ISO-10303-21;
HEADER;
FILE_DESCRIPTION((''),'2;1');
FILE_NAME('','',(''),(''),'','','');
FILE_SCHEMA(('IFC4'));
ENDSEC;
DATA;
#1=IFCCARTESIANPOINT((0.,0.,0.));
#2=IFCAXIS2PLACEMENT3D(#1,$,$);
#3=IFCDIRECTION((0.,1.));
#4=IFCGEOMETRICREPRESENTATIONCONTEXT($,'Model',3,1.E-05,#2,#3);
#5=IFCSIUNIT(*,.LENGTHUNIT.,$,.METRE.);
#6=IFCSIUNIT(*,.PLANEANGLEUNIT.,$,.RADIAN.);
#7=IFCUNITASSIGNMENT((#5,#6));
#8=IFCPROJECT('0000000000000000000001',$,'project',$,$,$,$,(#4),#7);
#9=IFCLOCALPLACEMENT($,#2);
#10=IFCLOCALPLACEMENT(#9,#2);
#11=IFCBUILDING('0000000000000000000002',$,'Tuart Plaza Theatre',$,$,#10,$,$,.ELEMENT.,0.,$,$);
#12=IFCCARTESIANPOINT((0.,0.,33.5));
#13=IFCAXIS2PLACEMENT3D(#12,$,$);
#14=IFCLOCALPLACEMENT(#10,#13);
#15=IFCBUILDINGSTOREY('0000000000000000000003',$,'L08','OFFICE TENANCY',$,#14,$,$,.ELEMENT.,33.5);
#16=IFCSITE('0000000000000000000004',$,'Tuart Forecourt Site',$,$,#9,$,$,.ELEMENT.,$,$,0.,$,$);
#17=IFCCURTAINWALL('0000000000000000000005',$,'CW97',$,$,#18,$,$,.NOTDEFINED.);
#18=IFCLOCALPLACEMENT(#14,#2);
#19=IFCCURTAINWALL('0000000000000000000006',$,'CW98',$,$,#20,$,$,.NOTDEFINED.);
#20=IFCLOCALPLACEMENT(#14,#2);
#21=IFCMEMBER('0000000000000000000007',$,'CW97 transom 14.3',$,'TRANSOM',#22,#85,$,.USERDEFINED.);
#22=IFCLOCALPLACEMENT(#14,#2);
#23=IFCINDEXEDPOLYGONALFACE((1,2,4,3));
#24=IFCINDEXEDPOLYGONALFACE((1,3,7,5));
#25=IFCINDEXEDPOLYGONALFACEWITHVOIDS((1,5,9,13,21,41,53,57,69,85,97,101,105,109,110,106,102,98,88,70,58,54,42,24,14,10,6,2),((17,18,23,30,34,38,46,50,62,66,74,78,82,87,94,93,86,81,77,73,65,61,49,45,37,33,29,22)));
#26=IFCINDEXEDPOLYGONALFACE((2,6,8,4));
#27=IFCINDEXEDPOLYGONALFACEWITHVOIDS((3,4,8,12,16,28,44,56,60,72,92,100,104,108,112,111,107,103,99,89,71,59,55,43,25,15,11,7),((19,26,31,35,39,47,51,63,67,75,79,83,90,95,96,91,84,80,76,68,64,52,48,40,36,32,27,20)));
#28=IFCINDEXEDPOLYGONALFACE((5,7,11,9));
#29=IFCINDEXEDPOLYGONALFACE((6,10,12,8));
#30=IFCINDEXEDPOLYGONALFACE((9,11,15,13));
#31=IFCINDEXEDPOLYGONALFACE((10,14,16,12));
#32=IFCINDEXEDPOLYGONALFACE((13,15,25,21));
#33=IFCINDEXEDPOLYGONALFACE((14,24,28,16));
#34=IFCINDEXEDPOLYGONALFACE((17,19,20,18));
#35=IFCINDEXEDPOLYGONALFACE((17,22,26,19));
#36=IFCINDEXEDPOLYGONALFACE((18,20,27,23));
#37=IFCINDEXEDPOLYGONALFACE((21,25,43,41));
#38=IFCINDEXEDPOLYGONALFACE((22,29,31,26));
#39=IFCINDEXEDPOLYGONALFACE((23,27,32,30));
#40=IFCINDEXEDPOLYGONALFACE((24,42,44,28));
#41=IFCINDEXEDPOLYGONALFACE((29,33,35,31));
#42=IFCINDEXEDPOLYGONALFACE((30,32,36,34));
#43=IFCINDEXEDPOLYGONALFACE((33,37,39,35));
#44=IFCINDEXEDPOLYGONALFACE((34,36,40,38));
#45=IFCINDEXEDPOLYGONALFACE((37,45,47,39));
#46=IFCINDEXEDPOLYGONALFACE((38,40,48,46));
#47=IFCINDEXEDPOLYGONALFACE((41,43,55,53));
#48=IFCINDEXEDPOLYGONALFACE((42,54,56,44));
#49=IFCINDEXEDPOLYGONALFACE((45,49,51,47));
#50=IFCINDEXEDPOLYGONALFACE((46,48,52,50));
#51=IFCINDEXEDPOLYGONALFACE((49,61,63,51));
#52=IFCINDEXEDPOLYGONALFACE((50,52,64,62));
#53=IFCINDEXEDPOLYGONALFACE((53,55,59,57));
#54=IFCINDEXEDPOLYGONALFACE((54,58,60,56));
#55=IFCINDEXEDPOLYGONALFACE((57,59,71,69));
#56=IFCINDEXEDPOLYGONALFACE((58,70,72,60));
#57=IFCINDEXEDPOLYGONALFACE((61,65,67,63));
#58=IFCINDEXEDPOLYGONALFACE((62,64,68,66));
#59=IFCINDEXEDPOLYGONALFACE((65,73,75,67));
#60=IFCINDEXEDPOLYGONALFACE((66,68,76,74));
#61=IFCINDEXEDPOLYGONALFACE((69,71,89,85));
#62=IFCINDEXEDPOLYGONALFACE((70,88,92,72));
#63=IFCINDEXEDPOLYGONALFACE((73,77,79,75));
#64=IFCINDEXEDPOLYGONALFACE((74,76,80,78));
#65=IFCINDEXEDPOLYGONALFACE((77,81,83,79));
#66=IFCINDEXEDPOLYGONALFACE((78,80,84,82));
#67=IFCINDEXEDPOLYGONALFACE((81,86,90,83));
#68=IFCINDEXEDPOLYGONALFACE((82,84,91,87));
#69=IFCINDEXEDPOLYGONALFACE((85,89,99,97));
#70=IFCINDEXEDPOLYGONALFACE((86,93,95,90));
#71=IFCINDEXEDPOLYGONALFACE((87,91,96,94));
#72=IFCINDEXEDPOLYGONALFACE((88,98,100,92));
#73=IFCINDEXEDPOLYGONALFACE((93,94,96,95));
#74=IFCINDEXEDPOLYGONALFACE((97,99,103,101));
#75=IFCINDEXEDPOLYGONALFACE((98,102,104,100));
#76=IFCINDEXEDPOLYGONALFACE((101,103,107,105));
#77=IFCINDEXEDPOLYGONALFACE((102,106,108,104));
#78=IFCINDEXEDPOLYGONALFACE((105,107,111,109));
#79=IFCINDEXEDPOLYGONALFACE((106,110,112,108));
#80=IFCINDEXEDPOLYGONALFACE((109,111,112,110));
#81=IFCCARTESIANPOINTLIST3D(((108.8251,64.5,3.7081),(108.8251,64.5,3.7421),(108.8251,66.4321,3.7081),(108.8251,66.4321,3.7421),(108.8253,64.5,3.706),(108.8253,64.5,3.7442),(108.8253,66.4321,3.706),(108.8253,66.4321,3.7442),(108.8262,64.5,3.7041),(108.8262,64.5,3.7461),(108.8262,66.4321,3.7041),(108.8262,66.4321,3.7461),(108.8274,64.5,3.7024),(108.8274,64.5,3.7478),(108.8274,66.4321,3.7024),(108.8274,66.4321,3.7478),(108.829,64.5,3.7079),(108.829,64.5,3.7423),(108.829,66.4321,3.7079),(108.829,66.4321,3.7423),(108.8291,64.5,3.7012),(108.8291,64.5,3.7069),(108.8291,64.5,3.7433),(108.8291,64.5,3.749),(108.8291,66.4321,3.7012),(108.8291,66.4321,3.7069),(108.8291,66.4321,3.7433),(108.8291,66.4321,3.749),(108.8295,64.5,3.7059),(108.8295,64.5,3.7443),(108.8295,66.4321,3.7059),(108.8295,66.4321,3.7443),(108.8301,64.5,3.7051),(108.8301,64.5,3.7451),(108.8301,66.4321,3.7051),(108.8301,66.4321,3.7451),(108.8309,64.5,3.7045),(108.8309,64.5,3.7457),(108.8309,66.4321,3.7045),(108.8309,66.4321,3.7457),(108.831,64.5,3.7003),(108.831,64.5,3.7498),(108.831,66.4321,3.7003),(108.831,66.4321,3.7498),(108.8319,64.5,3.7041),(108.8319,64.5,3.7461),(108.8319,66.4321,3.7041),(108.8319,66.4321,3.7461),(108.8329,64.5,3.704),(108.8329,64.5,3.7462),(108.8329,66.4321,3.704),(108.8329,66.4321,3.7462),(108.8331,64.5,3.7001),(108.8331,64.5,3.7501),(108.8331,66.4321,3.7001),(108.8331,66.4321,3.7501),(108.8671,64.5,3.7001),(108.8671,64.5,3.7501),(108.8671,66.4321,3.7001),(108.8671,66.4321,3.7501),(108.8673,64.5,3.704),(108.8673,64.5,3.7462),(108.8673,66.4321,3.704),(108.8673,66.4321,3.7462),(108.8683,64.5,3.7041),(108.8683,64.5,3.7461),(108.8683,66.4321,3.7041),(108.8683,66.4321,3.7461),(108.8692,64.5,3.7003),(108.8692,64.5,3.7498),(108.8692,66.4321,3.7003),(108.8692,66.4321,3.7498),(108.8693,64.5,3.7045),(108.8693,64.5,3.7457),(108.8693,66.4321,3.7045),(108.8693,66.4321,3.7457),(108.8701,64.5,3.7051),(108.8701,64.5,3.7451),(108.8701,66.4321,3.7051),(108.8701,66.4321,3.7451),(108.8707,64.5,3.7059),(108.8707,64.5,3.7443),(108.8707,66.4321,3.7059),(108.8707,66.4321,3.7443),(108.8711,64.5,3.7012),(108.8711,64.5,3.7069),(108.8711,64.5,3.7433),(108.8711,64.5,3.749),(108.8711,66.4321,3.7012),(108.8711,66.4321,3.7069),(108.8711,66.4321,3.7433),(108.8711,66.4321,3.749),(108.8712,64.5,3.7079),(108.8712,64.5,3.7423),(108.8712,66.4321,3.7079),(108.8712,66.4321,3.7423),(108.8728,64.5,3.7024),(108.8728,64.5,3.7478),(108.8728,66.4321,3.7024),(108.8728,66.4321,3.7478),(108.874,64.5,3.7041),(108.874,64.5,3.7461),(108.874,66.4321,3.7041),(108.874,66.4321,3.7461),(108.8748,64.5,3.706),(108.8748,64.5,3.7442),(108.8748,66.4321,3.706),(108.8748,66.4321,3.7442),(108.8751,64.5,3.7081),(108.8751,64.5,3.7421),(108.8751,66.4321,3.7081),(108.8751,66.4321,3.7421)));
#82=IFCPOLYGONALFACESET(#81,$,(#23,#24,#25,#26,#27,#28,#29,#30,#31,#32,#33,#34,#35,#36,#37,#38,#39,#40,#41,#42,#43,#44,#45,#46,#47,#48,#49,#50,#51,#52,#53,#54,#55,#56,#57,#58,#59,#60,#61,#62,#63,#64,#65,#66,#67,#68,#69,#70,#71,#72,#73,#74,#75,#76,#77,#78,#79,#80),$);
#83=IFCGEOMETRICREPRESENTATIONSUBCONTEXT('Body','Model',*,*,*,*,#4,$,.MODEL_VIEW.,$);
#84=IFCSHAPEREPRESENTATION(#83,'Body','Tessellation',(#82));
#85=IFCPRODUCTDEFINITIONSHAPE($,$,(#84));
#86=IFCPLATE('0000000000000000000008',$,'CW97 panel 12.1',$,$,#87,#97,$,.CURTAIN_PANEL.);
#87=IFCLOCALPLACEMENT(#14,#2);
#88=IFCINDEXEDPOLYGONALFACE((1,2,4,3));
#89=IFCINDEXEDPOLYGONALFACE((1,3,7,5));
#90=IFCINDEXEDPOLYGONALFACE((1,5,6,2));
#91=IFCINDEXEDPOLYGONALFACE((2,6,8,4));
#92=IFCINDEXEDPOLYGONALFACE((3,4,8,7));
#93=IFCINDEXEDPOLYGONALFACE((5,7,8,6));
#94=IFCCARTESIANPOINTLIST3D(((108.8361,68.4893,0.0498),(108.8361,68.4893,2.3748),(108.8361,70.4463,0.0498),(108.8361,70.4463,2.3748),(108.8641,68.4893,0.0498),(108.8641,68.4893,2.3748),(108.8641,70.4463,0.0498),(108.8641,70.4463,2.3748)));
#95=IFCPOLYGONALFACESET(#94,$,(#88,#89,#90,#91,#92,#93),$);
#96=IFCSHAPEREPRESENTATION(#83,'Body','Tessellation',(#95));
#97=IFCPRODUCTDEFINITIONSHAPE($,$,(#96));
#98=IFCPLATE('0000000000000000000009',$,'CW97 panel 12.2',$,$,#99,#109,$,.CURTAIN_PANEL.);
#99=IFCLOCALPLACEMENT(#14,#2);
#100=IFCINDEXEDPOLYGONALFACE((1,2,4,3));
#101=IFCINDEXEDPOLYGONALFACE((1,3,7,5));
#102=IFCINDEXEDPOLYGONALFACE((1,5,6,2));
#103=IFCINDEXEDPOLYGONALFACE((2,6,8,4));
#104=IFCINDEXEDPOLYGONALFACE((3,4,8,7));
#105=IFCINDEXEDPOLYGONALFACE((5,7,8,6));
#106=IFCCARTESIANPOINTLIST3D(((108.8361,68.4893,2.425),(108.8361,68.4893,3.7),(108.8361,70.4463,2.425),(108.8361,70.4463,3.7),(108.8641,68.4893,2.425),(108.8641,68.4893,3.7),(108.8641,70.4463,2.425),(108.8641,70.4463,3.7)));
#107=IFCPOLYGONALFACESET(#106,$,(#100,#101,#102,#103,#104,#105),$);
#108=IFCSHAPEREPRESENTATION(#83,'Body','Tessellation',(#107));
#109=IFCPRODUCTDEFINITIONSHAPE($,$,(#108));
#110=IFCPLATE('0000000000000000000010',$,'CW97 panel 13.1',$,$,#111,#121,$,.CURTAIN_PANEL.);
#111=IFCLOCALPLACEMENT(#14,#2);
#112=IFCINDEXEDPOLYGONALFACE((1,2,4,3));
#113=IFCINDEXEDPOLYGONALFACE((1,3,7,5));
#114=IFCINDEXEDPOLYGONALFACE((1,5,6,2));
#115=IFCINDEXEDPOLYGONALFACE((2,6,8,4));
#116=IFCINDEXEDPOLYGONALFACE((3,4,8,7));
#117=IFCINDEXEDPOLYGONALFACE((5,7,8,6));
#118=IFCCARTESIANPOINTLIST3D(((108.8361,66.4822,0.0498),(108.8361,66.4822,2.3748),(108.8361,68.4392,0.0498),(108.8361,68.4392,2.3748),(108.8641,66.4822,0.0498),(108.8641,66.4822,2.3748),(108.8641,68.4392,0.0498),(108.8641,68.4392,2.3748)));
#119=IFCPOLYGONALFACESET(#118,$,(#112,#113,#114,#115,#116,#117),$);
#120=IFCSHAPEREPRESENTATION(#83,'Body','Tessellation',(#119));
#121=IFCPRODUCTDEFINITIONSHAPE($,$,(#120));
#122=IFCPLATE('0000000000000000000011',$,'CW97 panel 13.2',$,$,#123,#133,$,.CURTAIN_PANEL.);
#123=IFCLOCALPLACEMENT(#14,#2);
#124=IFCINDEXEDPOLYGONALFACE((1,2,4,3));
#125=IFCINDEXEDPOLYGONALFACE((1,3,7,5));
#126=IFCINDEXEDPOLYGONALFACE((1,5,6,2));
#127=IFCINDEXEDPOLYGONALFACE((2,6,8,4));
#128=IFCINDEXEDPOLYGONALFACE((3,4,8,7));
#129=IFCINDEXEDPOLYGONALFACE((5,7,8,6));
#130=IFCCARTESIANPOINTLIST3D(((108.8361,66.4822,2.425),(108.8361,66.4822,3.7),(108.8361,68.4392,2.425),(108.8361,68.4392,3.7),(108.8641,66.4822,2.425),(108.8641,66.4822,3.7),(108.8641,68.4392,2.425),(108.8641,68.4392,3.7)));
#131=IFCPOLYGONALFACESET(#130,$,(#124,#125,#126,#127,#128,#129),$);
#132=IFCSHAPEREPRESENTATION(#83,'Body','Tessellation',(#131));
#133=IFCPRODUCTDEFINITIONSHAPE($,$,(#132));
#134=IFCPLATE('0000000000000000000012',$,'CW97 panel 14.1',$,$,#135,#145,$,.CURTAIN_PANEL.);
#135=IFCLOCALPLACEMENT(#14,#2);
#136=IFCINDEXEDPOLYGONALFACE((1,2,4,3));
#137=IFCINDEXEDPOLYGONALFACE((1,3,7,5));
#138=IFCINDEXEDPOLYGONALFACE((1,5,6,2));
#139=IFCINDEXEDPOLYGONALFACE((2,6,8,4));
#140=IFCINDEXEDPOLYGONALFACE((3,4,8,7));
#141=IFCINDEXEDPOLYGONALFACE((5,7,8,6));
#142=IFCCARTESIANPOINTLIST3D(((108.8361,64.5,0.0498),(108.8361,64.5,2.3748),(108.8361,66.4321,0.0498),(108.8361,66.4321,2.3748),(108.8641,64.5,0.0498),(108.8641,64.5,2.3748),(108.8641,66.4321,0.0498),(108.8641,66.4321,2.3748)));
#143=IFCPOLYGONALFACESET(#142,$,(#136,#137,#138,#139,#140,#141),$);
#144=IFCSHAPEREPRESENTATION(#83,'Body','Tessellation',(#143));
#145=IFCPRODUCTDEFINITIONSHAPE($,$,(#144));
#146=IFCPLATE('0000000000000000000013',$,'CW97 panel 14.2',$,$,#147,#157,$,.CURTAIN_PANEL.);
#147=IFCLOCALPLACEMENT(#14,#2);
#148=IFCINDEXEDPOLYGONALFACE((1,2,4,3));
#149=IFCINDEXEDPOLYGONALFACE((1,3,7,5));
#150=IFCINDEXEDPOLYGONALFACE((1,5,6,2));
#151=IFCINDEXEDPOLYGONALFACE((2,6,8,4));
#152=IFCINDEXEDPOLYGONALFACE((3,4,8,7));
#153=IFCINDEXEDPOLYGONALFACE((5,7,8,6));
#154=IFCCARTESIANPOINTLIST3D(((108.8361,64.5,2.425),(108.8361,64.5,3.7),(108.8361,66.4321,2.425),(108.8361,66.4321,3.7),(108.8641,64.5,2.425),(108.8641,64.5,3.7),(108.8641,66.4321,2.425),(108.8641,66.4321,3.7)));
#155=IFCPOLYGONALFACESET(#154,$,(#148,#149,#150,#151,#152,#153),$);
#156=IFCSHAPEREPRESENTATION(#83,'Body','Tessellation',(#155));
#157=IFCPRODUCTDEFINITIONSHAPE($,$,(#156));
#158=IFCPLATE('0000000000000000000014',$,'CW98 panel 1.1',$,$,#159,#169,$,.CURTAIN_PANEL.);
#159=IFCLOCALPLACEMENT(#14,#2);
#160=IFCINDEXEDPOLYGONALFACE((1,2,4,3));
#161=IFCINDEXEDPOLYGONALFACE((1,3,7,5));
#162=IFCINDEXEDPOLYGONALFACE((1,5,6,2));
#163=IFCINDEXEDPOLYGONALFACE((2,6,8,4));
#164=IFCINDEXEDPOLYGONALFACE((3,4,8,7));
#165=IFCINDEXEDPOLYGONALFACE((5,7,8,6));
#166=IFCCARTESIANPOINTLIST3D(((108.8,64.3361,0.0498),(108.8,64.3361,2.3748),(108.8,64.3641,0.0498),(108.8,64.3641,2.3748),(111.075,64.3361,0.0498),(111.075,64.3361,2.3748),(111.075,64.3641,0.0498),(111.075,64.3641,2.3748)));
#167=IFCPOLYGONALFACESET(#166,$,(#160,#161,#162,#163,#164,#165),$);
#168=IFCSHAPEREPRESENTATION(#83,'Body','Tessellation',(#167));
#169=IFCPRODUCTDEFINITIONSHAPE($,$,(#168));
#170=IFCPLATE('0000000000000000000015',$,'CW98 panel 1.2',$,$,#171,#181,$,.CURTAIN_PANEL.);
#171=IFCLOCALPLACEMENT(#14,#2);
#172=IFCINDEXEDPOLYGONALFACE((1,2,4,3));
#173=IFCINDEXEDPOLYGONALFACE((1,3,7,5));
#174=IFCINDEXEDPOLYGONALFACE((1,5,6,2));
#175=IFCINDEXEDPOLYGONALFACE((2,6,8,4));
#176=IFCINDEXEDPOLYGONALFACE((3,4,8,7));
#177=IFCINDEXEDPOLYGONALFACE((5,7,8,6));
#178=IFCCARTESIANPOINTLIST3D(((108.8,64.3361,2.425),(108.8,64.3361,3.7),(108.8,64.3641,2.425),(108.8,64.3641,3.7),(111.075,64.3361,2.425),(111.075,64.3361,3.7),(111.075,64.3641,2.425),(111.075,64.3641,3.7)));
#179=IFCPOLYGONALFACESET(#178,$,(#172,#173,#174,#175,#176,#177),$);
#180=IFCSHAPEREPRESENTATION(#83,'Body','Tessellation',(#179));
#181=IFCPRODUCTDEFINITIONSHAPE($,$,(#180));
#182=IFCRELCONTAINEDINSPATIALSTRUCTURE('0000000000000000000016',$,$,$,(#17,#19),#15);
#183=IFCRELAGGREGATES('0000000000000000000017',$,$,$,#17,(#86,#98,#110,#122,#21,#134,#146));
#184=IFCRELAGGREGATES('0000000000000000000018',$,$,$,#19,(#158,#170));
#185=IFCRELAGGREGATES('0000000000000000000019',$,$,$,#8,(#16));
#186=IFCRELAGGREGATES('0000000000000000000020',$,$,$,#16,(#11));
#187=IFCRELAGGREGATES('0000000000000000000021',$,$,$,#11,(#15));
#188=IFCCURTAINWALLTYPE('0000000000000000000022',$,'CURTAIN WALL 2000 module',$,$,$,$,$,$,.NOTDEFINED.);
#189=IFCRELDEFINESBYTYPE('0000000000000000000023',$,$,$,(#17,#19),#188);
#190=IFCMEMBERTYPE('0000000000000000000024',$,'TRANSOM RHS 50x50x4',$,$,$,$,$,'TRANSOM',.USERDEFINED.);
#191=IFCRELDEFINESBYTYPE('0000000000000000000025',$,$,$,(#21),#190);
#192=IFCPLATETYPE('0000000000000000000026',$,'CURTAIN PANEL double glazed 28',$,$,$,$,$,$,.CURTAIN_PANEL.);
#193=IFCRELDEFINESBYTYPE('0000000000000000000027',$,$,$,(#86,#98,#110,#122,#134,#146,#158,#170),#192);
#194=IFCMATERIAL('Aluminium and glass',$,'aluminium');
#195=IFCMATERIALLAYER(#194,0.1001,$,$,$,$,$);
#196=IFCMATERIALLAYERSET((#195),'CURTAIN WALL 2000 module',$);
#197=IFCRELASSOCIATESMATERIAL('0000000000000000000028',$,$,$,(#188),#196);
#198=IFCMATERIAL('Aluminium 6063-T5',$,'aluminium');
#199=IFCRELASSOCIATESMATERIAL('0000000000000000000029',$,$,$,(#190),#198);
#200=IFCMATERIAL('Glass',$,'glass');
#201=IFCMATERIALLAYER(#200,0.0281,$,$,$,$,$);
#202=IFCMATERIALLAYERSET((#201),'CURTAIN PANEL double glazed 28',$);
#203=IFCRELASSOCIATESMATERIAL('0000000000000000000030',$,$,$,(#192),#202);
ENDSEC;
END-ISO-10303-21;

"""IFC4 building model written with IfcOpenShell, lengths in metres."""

from ifc_helpers import new_model, si_unit, direction, frame, origin, origin_2d, place, context, subcontext, project, spatial, rectangle, hollow_rectangle, extrude, material, layer, layer_set, material_profile, profile_set, type_object, element, aggregate, save


model = new_model("IFC4")

# Units and contexts
model_context = context("Model", 3, precision=1e-05, world=origin(), true_north=direction((0.0, 1.0)))
body_context = subcontext(model_context, "Body", "Model", "MODEL_VIEW")
ifc_project = project(units=[si_unit("LENGTHUNIT", "METRE"), si_unit("PLANEANGLEUNIT", "RADIAN")], contexts=[model_context])

# Site, building, storey
site_placement = place(None, origin())
site = spatial("IfcSite", under=ifc_project, at=site_placement, Name="Tuart Forecourt Site", CompositionType="ELEMENT", RefElevation=0.0)
building_placement = place(site_placement, origin())
building = spatial("IfcBuilding", under=site, at=building_placement, Name="Tuart Plaza Theatre", CompositionType="ELEMENT", ElevationOfRefHeight=0.0)
storey_placement = place(building_placement, frame((0.0, 0.0, 33.5)))
storey = spatial("IfcBuildingStorey", under=building, at=storey_placement, Name="L08", Description="OFFICE TENANCY", CompositionType="ELEMENT", Elevation=33.5)

# Curtain wall
ifc_material_1 = material(Name="Aluminium and glass", Category="aluminium")
ifc_layer_1 = layer(ifc_material_1, 0.1001)
ifc_layer_set_1 = layer_set([ifc_layer_1], Name="CURTAIN WALL 2000 module")
curtain_wall_type = type_object("IfcCurtainWallType", Name="CURTAIN WALL 2000 module", PredefinedType="NOTDEFINED", material=ifc_layer_set_1)
curtain_wall_1_placement = place(storey_placement, origin())
curtain_wall_1 = element("IfcCurtainWall", 1, at=curtain_wall_1_placement, inside=storey, type_object=curtain_wall_type, Name="CW97", PredefinedType="NOTDEFINED")

# Curtain wall
curtain_wall_2_placement = place(storey_placement, origin())
curtain_wall_2 = element("IfcCurtainWall", 2, at=curtain_wall_2_placement, inside=storey, type_object=curtain_wall_type, Name="CW98", PredefinedType="NOTDEFINED")

# Member
ifc_material_2 = material(Name="Aluminium 6063-T5", Category="aluminium")
ifc_material_profile_1 = material_profile(ifc_material_2, hollow_rectangle(XDim=0.05, YDim=0.05, WallThickness=0.0039, InnerFilletRadius=0.0039, OuterFilletRadius=0.0081, at=origin_2d()), Name="RHS 50x50x4")
ifc_profile_set_1 = profile_set([ifc_material_profile_1], Name="Aluminium 6063-T5")
member_type_1 = type_object("IfcMemberType", Name="TRANSOM RHS 50x50x4", ElementType="TRANSOM", PredefinedType="USERDEFINED", material=ifc_profile_set_1)
member_1_placement = place(storey_placement, frame((108.8501, 66.4321, 3.7251), z_axis=(0.0, -1.0, 0.0), x_axis=(1.0, 0.0, 0.0)))
member_1 = element("IfcMember", 3, at=member_1_placement, type_object=member_type_1, Name="CW97 transom 14.3", ObjectType="TRANSOM", PredefinedType="USERDEFINED", context=body_context, shape_type="SweptSolid", body=[
    extrude(hollow_rectangle(XDim=0.05, YDim=0.05, WallThickness=0.0039, InnerFilletRadius=0.0039, OuterFilletRadius=0.0081, at=origin_2d()), origin(), (0.0, 0.0, 1.0), 1.9321),
])

# Plates
ifc_material_3 = material(Name="Glass", Category="glass")
ifc_layer_2 = layer(ifc_material_3, 0.0281)
ifc_layer_set_2 = layer_set([ifc_layer_2], Name="CURTAIN PANEL double glazed 28")
plate_type = type_object("IfcPlateType", Name="CURTAIN PANEL double glazed 28", PredefinedType="CURTAIN_PANEL", material=ifc_layer_set_2)
plate_1_placement = place(storey_placement, frame((108.8501, 69.4678, 0.0498), z_axis=(0.0, 0.0, 1.0), x_axis=(0.0, -1.0, 0.0)))
plate_1 = element("IfcPlate", 4, at=plate_1_placement, type_object=plate_type, Name="CW97 panel 12.1", PredefinedType="CURTAIN_PANEL", context=body_context, shape_type="SweptSolid", body=[
    extrude(rectangle(XDim=1.957, YDim=0.0281, at=origin_2d()), origin(), (0.0, 0.0, 1.0), 2.325),
])
plate_2_placement = place(storey_placement, frame((108.8501, 69.4678, 2.425), z_axis=(0.0, 0.0, 1.0), x_axis=(0.0, -1.0, 0.0)))
plate_2 = element("IfcPlate", 5, at=plate_2_placement, type_object=plate_type, Name="CW97 panel 12.2", PredefinedType="CURTAIN_PANEL", context=body_context, shape_type="SweptSolid", body=[
    extrude(rectangle(XDim=1.957, YDim=0.0281, at=origin_2d()), origin(), (0.0, 0.0, 1.0), 1.2749),
])
plate_3_placement = place(storey_placement, frame((108.8501, 67.4607, 0.0498), z_axis=(0.0, 0.0, 1.0), x_axis=(0.0, -1.0, 0.0)))
plate_3 = element("IfcPlate", 6, at=plate_3_placement, type_object=plate_type, Name="CW97 panel 13.1", PredefinedType="CURTAIN_PANEL", context=body_context, shape_type="SweptSolid", body=[
    extrude(rectangle(XDim=1.957, YDim=0.0281, at=origin_2d()), origin(), (0.0, 0.0, 1.0), 2.325),
])
plate_4_placement = place(storey_placement, frame((108.8501, 67.4607, 2.425), z_axis=(0.0, 0.0, 1.0), x_axis=(0.0, -1.0, 0.0)))
plate_4 = element("IfcPlate", 7, at=plate_4_placement, type_object=plate_type, Name="CW97 panel 13.2", PredefinedType="CURTAIN_PANEL", context=body_context, shape_type="SweptSolid", body=[
    extrude(rectangle(XDim=1.957, YDim=0.0281, at=origin_2d()), origin(), (0.0, 0.0, 1.0), 1.2749),
])
plate_5_placement = place(storey_placement, frame((108.8501, 65.4661, 0.0498), z_axis=(0.0, 0.0, 1.0), x_axis=(0.0, -1.0, 0.0)))
plate_5 = element("IfcPlate", 8, at=plate_5_placement, type_object=plate_type, Name="CW97 panel 14.1", PredefinedType="CURTAIN_PANEL", context=body_context, shape_type="SweptSolid", body=[
    extrude(rectangle(XDim=1.9321, YDim=0.0281, at=origin_2d()), origin(), (0.0, 0.0, 1.0), 2.325),
])
plate_6_placement = place(storey_placement, frame((108.8501, 65.4661, 2.425), z_axis=(0.0, 0.0, 1.0), x_axis=(0.0, -1.0, 0.0)))
plate_6 = element("IfcPlate", 9, at=plate_6_placement, type_object=plate_type, Name="CW97 panel 14.2", PredefinedType="CURTAIN_PANEL", context=body_context, shape_type="SweptSolid", body=[
    extrude(rectangle(XDim=1.9321, YDim=0.0281, at=origin_2d()), origin(), (0.0, 0.0, 1.0), 1.2749),
])
aggregate(curtain_wall_1, [plate_1, plate_2, plate_3, plate_4, member_1, plate_5, plate_6])
plate_7_placement = place(storey_placement, frame((109.9375, 64.3501, 0.0498), z_axis=(0.0, 0.0, 1.0), x_axis=(1.0, 0.0, 0.0)))
plate_7 = element("IfcPlate", 10, at=plate_7_placement, type_object=plate_type, Name="CW98 panel 1.1", PredefinedType="CURTAIN_PANEL", context=body_context, shape_type="SweptSolid", body=[
    extrude(rectangle(XDim=2.2749, YDim=0.0281, at=origin_2d()), origin(), (0.0, 0.0, 1.0), 2.325),
])
plate_8_placement = place(storey_placement, frame((109.9375, 64.3501, 2.425), z_axis=(0.0, 0.0, 1.0), x_axis=(1.0, 0.0, 0.0)))
plate_8 = element("IfcPlate", 11, at=plate_8_placement, type_object=plate_type, Name="CW98 panel 1.2", PredefinedType="CURTAIN_PANEL", context=body_context, shape_type="SweptSolid", body=[
    extrude(rectangle(XDim=2.2749, YDim=0.0281, at=origin_2d()), origin(), (0.0, 0.0, 1.0), 1.2749),
])
aggregate(curtain_wall_2, [plate_7, plate_8])

save(model, "model.ifc")
